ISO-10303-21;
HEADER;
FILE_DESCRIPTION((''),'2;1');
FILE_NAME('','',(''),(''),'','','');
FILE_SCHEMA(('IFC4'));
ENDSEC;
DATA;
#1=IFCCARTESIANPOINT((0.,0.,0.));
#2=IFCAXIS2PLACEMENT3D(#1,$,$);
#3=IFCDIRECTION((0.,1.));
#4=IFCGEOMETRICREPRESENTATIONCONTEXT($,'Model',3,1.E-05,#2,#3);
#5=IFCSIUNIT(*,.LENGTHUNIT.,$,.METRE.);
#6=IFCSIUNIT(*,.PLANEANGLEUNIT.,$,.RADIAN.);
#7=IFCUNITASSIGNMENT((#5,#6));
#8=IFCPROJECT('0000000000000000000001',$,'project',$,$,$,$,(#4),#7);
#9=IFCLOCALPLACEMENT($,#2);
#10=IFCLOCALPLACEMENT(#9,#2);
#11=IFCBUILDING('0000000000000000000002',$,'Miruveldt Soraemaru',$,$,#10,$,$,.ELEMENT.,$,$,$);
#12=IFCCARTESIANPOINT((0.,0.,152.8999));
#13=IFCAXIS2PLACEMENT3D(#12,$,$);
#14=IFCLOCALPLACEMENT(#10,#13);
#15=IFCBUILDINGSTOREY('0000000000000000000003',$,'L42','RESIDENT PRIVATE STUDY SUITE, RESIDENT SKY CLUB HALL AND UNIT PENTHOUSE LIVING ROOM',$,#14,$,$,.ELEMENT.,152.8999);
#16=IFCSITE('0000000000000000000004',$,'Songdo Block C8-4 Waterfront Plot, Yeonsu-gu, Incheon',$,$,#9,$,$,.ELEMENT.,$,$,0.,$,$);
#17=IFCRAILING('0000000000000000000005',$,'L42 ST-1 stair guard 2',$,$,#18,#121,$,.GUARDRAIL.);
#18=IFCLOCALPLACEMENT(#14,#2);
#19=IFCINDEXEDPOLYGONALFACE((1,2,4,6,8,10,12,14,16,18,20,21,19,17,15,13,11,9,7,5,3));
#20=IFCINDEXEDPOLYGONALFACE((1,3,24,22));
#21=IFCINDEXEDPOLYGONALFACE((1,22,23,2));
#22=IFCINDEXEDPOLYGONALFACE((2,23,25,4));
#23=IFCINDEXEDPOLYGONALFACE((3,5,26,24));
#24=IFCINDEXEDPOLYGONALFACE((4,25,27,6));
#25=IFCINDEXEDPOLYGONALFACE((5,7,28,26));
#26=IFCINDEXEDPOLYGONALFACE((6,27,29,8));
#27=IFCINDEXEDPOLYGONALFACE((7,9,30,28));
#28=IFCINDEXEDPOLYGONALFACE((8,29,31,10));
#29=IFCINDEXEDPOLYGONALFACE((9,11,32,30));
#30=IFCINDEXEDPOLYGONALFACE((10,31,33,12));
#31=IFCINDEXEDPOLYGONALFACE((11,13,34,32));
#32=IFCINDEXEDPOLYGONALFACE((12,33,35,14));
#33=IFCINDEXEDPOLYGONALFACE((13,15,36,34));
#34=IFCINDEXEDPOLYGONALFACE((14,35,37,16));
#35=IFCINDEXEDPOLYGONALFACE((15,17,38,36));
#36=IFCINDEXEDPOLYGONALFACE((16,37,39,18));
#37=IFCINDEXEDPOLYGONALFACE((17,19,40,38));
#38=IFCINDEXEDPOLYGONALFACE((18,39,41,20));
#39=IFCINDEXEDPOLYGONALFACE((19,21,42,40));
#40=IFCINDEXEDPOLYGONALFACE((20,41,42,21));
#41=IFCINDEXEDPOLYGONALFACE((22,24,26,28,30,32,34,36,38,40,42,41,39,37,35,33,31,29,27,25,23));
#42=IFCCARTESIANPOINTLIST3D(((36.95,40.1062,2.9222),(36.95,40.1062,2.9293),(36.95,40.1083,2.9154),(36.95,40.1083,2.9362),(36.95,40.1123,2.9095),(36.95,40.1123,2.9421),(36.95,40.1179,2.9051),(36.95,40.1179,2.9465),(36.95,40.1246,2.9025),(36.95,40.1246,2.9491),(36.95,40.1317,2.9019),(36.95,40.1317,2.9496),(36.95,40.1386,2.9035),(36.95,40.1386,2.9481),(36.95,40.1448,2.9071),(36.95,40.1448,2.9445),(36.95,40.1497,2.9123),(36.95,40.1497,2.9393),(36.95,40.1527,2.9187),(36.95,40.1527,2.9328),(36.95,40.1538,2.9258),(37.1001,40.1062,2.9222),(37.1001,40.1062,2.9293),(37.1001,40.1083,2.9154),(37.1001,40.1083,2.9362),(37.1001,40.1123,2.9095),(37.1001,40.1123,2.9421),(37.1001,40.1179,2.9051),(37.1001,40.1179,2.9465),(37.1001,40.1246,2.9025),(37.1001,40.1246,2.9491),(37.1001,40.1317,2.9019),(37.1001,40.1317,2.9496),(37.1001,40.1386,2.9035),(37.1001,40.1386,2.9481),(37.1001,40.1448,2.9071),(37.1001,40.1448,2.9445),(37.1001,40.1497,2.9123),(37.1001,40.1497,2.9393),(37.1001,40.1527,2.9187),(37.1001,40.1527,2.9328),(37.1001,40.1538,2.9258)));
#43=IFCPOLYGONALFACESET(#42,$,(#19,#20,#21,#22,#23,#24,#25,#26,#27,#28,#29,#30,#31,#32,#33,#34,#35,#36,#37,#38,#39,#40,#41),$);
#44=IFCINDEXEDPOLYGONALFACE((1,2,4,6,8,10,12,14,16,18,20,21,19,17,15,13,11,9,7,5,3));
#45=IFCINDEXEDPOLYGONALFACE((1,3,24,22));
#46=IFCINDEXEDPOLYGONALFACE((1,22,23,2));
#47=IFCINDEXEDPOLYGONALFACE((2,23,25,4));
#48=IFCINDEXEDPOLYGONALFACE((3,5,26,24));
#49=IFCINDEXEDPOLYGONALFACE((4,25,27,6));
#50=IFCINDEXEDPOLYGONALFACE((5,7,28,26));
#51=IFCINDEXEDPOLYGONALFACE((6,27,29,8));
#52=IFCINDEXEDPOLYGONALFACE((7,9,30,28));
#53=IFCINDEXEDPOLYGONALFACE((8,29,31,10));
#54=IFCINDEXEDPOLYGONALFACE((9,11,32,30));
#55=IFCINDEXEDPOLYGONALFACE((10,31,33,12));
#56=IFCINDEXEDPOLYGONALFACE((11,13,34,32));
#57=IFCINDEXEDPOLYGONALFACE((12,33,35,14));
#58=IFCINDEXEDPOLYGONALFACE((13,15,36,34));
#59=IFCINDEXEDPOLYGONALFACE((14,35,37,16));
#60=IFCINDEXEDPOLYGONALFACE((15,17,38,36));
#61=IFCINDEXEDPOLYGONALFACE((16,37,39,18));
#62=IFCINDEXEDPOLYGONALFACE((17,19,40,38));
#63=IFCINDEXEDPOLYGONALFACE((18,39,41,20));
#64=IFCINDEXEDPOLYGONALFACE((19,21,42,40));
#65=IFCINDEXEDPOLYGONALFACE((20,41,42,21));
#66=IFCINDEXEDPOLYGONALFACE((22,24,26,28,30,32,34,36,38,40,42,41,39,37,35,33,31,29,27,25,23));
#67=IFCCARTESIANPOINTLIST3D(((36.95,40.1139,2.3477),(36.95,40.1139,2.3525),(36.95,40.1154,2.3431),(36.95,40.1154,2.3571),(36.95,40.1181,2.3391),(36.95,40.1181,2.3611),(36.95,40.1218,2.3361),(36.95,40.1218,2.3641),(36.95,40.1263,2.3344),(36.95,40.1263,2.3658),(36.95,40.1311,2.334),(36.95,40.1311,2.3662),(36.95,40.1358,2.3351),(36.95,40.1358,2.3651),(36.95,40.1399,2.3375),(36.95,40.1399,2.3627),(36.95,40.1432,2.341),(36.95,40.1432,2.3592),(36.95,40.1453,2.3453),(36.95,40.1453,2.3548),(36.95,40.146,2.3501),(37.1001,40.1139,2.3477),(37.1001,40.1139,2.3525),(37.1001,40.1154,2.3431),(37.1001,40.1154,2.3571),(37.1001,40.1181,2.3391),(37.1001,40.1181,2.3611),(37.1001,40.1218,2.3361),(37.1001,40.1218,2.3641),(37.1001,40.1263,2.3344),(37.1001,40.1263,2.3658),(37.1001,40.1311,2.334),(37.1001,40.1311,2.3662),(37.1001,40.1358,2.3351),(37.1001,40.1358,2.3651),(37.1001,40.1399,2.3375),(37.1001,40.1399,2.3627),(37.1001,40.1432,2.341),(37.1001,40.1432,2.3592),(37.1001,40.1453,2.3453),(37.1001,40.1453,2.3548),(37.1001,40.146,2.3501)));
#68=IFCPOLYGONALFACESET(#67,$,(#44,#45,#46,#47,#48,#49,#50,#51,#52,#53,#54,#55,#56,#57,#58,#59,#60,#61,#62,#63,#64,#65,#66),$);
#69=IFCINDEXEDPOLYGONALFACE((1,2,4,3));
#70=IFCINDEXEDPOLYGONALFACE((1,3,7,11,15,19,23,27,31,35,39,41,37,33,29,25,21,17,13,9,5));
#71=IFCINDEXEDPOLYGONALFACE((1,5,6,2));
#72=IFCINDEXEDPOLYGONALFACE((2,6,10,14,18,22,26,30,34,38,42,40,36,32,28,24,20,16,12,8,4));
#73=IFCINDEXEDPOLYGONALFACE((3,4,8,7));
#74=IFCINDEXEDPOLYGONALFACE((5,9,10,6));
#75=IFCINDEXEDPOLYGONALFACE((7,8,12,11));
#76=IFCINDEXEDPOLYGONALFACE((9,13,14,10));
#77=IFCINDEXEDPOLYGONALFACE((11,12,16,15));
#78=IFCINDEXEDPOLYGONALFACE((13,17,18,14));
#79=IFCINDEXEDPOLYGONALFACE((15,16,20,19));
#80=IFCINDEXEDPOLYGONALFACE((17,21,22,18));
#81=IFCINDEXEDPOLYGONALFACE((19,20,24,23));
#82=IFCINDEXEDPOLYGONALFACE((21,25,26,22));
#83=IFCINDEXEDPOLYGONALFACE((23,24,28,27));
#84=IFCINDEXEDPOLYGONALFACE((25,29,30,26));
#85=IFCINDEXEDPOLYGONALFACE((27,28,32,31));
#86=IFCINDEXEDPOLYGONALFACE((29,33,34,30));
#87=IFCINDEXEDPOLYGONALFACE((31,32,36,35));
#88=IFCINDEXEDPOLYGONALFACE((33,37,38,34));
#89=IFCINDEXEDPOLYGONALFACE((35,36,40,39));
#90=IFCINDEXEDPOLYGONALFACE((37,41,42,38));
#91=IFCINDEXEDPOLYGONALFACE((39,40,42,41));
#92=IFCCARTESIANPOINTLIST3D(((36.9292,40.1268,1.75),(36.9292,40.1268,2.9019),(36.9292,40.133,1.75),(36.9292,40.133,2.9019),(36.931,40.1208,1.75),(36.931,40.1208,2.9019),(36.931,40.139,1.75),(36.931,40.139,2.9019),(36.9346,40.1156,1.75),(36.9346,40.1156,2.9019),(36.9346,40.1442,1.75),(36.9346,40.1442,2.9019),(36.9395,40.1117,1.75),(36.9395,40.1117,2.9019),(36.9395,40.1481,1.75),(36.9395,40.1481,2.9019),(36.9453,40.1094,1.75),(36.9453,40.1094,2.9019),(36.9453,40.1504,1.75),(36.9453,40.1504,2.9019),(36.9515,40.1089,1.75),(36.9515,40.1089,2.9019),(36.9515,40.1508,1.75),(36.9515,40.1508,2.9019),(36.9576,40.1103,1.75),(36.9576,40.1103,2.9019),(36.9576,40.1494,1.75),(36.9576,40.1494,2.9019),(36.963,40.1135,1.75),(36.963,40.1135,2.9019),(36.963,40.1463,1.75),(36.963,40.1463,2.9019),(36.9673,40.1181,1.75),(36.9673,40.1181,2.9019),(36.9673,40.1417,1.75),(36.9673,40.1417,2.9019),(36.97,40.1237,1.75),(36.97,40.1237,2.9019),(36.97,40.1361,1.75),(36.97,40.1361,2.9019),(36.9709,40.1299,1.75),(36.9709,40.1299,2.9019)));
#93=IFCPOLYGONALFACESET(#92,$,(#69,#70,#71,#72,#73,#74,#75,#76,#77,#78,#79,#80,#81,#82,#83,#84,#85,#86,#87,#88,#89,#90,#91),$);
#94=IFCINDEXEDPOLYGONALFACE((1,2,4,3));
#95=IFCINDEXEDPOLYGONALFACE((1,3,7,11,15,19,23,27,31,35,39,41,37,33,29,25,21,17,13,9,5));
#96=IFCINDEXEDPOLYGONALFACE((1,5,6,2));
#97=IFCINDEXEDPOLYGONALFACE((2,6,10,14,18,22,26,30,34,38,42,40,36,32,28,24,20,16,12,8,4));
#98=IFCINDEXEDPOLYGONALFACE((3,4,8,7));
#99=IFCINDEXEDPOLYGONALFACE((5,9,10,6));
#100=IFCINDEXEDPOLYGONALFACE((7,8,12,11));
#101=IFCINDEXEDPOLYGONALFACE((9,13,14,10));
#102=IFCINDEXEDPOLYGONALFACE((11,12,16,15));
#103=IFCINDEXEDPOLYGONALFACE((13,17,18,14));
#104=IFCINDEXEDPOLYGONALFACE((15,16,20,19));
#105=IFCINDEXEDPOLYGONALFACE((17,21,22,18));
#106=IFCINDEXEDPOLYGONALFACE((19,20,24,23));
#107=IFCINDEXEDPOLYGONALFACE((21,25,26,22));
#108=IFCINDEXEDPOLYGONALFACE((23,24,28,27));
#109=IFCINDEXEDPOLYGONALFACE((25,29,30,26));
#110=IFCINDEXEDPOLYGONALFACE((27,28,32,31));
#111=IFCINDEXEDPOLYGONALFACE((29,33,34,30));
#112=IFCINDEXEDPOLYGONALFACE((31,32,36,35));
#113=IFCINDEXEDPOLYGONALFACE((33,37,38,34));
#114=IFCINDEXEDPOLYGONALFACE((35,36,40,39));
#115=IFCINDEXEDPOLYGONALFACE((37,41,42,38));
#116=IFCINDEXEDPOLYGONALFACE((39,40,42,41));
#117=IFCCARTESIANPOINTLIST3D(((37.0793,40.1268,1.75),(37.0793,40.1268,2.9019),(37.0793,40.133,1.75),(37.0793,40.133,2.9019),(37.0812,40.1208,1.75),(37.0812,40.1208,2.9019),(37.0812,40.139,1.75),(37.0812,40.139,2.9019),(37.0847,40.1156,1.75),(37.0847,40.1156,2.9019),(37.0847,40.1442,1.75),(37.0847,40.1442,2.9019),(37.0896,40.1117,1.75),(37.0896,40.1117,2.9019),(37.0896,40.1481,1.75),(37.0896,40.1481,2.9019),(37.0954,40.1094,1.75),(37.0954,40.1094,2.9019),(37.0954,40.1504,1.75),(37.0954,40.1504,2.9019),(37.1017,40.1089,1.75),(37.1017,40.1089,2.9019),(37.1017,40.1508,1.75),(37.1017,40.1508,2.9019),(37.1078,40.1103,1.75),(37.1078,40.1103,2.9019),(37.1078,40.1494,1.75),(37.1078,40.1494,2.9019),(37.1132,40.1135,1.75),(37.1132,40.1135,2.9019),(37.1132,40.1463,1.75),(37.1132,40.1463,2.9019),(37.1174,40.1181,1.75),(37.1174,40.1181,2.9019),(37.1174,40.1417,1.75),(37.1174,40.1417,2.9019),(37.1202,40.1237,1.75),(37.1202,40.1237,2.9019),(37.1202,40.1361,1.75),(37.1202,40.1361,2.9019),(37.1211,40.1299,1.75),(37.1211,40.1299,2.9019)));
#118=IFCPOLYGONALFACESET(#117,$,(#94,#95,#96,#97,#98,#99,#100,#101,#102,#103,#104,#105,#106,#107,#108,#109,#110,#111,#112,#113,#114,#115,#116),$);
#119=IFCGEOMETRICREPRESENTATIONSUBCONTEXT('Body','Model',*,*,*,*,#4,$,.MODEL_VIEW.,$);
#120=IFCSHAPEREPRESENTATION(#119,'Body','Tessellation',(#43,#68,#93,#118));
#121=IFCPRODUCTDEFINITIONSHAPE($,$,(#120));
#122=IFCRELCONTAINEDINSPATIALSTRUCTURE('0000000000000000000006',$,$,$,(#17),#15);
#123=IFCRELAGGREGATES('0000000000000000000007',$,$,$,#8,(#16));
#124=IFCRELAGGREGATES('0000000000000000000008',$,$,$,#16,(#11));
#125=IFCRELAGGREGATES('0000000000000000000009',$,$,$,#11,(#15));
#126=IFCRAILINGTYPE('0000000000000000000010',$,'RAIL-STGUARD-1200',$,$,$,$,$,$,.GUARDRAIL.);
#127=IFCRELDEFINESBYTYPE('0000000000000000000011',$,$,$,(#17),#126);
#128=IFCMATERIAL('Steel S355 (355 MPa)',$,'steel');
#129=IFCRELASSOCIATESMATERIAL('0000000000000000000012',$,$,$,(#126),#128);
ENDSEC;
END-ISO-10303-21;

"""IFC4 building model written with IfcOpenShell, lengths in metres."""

from ifc_helpers import new_model, si_unit, direction, frame, origin, origin_2d, place, context, subcontext, project, spatial, circle, extrude, material, type_object, element, save


model = new_model("IFC4")

# Units and contexts
model_context = context("Model", 3, precision=1e-05, world=origin(), true_north=direction((0.0, 1.0)))
body_context = subcontext(model_context, "Body", "Model", "MODEL_VIEW")
ifc_project = project(units=[si_unit("LENGTHUNIT", "METRE"), si_unit("PLANEANGLEUNIT", "RADIAN")], contexts=[model_context])

# Site, building, storey
site_placement = place(None, origin())
site = spatial("IfcSite", under=ifc_project, at=site_placement, Name="Songdo Block C8-4 Waterfront Plot, Yeonsu-gu, Incheon", CompositionType="ELEMENT", RefElevation=0.0)
building_placement = place(site_placement, origin())
building = spatial("IfcBuilding", under=site, at=building_placement, Name="Miruveldt Soraemaru", CompositionType="ELEMENT")
storey_placement = place(building_placement, frame((0.0, 0.0, 152.8999)))
storey = spatial("IfcBuildingStorey", under=building, at=storey_placement, Name="L42", Description="RESIDENT PRIVATE STUDY SUITE, RESIDENT SKY CLUB HALL AND UNIT PENTHOUSE LIVING ROOM", CompositionType="ELEMENT", Elevation=152.8999)

# Railing
ifc_material_1 = material(Name="Steel S355 (355 MPa)", Category="steel")
railing_type_1 = type_object("IfcRailingType", Name="RAIL-STGUARD-1200", PredefinedType="GUARDRAIL", material=ifc_material_1)
railing_1_placement = place(storey_placement, frame((36.95, 40.1299, 1.75)))
element("IfcRailing", 1, at=railing_1_placement, inside=storey, type_object=railing_type_1, Name="L42 ST-1 stair guard 2", PredefinedType="GUARDRAIL", context=body_context, shape_type="SweptSolid", body=[
    extrude(circle(Radius=0.0239, at=origin_2d()), frame((0.0, 0.0, 1.1758), z_axis=(1.0, 0.0, 0.0), x_axis=(0.0, 1.0, 0.0)), (0.0, 0.0, 1.0), 0.1501),
    extrude(circle(Radius=0.0161, at=origin_2d()), frame((0.0, 0.0, 0.6001), z_axis=(1.0, 0.0, 0.0), x_axis=(0.0, 1.0, 0.0)), (0.0, 0.0, 1.0), 0.1501),
    extrude(circle(Radius=0.021, at=origin_2d()), origin(), (0.0, 0.0, 1.0), 1.1519),
    extrude(circle(Radius=0.021, at=origin_2d()), frame((0.1501, 0.0, 0.0)), (0.0, 0.0, 1.0), 1.1519),
])

save(model, "model.ifc")
